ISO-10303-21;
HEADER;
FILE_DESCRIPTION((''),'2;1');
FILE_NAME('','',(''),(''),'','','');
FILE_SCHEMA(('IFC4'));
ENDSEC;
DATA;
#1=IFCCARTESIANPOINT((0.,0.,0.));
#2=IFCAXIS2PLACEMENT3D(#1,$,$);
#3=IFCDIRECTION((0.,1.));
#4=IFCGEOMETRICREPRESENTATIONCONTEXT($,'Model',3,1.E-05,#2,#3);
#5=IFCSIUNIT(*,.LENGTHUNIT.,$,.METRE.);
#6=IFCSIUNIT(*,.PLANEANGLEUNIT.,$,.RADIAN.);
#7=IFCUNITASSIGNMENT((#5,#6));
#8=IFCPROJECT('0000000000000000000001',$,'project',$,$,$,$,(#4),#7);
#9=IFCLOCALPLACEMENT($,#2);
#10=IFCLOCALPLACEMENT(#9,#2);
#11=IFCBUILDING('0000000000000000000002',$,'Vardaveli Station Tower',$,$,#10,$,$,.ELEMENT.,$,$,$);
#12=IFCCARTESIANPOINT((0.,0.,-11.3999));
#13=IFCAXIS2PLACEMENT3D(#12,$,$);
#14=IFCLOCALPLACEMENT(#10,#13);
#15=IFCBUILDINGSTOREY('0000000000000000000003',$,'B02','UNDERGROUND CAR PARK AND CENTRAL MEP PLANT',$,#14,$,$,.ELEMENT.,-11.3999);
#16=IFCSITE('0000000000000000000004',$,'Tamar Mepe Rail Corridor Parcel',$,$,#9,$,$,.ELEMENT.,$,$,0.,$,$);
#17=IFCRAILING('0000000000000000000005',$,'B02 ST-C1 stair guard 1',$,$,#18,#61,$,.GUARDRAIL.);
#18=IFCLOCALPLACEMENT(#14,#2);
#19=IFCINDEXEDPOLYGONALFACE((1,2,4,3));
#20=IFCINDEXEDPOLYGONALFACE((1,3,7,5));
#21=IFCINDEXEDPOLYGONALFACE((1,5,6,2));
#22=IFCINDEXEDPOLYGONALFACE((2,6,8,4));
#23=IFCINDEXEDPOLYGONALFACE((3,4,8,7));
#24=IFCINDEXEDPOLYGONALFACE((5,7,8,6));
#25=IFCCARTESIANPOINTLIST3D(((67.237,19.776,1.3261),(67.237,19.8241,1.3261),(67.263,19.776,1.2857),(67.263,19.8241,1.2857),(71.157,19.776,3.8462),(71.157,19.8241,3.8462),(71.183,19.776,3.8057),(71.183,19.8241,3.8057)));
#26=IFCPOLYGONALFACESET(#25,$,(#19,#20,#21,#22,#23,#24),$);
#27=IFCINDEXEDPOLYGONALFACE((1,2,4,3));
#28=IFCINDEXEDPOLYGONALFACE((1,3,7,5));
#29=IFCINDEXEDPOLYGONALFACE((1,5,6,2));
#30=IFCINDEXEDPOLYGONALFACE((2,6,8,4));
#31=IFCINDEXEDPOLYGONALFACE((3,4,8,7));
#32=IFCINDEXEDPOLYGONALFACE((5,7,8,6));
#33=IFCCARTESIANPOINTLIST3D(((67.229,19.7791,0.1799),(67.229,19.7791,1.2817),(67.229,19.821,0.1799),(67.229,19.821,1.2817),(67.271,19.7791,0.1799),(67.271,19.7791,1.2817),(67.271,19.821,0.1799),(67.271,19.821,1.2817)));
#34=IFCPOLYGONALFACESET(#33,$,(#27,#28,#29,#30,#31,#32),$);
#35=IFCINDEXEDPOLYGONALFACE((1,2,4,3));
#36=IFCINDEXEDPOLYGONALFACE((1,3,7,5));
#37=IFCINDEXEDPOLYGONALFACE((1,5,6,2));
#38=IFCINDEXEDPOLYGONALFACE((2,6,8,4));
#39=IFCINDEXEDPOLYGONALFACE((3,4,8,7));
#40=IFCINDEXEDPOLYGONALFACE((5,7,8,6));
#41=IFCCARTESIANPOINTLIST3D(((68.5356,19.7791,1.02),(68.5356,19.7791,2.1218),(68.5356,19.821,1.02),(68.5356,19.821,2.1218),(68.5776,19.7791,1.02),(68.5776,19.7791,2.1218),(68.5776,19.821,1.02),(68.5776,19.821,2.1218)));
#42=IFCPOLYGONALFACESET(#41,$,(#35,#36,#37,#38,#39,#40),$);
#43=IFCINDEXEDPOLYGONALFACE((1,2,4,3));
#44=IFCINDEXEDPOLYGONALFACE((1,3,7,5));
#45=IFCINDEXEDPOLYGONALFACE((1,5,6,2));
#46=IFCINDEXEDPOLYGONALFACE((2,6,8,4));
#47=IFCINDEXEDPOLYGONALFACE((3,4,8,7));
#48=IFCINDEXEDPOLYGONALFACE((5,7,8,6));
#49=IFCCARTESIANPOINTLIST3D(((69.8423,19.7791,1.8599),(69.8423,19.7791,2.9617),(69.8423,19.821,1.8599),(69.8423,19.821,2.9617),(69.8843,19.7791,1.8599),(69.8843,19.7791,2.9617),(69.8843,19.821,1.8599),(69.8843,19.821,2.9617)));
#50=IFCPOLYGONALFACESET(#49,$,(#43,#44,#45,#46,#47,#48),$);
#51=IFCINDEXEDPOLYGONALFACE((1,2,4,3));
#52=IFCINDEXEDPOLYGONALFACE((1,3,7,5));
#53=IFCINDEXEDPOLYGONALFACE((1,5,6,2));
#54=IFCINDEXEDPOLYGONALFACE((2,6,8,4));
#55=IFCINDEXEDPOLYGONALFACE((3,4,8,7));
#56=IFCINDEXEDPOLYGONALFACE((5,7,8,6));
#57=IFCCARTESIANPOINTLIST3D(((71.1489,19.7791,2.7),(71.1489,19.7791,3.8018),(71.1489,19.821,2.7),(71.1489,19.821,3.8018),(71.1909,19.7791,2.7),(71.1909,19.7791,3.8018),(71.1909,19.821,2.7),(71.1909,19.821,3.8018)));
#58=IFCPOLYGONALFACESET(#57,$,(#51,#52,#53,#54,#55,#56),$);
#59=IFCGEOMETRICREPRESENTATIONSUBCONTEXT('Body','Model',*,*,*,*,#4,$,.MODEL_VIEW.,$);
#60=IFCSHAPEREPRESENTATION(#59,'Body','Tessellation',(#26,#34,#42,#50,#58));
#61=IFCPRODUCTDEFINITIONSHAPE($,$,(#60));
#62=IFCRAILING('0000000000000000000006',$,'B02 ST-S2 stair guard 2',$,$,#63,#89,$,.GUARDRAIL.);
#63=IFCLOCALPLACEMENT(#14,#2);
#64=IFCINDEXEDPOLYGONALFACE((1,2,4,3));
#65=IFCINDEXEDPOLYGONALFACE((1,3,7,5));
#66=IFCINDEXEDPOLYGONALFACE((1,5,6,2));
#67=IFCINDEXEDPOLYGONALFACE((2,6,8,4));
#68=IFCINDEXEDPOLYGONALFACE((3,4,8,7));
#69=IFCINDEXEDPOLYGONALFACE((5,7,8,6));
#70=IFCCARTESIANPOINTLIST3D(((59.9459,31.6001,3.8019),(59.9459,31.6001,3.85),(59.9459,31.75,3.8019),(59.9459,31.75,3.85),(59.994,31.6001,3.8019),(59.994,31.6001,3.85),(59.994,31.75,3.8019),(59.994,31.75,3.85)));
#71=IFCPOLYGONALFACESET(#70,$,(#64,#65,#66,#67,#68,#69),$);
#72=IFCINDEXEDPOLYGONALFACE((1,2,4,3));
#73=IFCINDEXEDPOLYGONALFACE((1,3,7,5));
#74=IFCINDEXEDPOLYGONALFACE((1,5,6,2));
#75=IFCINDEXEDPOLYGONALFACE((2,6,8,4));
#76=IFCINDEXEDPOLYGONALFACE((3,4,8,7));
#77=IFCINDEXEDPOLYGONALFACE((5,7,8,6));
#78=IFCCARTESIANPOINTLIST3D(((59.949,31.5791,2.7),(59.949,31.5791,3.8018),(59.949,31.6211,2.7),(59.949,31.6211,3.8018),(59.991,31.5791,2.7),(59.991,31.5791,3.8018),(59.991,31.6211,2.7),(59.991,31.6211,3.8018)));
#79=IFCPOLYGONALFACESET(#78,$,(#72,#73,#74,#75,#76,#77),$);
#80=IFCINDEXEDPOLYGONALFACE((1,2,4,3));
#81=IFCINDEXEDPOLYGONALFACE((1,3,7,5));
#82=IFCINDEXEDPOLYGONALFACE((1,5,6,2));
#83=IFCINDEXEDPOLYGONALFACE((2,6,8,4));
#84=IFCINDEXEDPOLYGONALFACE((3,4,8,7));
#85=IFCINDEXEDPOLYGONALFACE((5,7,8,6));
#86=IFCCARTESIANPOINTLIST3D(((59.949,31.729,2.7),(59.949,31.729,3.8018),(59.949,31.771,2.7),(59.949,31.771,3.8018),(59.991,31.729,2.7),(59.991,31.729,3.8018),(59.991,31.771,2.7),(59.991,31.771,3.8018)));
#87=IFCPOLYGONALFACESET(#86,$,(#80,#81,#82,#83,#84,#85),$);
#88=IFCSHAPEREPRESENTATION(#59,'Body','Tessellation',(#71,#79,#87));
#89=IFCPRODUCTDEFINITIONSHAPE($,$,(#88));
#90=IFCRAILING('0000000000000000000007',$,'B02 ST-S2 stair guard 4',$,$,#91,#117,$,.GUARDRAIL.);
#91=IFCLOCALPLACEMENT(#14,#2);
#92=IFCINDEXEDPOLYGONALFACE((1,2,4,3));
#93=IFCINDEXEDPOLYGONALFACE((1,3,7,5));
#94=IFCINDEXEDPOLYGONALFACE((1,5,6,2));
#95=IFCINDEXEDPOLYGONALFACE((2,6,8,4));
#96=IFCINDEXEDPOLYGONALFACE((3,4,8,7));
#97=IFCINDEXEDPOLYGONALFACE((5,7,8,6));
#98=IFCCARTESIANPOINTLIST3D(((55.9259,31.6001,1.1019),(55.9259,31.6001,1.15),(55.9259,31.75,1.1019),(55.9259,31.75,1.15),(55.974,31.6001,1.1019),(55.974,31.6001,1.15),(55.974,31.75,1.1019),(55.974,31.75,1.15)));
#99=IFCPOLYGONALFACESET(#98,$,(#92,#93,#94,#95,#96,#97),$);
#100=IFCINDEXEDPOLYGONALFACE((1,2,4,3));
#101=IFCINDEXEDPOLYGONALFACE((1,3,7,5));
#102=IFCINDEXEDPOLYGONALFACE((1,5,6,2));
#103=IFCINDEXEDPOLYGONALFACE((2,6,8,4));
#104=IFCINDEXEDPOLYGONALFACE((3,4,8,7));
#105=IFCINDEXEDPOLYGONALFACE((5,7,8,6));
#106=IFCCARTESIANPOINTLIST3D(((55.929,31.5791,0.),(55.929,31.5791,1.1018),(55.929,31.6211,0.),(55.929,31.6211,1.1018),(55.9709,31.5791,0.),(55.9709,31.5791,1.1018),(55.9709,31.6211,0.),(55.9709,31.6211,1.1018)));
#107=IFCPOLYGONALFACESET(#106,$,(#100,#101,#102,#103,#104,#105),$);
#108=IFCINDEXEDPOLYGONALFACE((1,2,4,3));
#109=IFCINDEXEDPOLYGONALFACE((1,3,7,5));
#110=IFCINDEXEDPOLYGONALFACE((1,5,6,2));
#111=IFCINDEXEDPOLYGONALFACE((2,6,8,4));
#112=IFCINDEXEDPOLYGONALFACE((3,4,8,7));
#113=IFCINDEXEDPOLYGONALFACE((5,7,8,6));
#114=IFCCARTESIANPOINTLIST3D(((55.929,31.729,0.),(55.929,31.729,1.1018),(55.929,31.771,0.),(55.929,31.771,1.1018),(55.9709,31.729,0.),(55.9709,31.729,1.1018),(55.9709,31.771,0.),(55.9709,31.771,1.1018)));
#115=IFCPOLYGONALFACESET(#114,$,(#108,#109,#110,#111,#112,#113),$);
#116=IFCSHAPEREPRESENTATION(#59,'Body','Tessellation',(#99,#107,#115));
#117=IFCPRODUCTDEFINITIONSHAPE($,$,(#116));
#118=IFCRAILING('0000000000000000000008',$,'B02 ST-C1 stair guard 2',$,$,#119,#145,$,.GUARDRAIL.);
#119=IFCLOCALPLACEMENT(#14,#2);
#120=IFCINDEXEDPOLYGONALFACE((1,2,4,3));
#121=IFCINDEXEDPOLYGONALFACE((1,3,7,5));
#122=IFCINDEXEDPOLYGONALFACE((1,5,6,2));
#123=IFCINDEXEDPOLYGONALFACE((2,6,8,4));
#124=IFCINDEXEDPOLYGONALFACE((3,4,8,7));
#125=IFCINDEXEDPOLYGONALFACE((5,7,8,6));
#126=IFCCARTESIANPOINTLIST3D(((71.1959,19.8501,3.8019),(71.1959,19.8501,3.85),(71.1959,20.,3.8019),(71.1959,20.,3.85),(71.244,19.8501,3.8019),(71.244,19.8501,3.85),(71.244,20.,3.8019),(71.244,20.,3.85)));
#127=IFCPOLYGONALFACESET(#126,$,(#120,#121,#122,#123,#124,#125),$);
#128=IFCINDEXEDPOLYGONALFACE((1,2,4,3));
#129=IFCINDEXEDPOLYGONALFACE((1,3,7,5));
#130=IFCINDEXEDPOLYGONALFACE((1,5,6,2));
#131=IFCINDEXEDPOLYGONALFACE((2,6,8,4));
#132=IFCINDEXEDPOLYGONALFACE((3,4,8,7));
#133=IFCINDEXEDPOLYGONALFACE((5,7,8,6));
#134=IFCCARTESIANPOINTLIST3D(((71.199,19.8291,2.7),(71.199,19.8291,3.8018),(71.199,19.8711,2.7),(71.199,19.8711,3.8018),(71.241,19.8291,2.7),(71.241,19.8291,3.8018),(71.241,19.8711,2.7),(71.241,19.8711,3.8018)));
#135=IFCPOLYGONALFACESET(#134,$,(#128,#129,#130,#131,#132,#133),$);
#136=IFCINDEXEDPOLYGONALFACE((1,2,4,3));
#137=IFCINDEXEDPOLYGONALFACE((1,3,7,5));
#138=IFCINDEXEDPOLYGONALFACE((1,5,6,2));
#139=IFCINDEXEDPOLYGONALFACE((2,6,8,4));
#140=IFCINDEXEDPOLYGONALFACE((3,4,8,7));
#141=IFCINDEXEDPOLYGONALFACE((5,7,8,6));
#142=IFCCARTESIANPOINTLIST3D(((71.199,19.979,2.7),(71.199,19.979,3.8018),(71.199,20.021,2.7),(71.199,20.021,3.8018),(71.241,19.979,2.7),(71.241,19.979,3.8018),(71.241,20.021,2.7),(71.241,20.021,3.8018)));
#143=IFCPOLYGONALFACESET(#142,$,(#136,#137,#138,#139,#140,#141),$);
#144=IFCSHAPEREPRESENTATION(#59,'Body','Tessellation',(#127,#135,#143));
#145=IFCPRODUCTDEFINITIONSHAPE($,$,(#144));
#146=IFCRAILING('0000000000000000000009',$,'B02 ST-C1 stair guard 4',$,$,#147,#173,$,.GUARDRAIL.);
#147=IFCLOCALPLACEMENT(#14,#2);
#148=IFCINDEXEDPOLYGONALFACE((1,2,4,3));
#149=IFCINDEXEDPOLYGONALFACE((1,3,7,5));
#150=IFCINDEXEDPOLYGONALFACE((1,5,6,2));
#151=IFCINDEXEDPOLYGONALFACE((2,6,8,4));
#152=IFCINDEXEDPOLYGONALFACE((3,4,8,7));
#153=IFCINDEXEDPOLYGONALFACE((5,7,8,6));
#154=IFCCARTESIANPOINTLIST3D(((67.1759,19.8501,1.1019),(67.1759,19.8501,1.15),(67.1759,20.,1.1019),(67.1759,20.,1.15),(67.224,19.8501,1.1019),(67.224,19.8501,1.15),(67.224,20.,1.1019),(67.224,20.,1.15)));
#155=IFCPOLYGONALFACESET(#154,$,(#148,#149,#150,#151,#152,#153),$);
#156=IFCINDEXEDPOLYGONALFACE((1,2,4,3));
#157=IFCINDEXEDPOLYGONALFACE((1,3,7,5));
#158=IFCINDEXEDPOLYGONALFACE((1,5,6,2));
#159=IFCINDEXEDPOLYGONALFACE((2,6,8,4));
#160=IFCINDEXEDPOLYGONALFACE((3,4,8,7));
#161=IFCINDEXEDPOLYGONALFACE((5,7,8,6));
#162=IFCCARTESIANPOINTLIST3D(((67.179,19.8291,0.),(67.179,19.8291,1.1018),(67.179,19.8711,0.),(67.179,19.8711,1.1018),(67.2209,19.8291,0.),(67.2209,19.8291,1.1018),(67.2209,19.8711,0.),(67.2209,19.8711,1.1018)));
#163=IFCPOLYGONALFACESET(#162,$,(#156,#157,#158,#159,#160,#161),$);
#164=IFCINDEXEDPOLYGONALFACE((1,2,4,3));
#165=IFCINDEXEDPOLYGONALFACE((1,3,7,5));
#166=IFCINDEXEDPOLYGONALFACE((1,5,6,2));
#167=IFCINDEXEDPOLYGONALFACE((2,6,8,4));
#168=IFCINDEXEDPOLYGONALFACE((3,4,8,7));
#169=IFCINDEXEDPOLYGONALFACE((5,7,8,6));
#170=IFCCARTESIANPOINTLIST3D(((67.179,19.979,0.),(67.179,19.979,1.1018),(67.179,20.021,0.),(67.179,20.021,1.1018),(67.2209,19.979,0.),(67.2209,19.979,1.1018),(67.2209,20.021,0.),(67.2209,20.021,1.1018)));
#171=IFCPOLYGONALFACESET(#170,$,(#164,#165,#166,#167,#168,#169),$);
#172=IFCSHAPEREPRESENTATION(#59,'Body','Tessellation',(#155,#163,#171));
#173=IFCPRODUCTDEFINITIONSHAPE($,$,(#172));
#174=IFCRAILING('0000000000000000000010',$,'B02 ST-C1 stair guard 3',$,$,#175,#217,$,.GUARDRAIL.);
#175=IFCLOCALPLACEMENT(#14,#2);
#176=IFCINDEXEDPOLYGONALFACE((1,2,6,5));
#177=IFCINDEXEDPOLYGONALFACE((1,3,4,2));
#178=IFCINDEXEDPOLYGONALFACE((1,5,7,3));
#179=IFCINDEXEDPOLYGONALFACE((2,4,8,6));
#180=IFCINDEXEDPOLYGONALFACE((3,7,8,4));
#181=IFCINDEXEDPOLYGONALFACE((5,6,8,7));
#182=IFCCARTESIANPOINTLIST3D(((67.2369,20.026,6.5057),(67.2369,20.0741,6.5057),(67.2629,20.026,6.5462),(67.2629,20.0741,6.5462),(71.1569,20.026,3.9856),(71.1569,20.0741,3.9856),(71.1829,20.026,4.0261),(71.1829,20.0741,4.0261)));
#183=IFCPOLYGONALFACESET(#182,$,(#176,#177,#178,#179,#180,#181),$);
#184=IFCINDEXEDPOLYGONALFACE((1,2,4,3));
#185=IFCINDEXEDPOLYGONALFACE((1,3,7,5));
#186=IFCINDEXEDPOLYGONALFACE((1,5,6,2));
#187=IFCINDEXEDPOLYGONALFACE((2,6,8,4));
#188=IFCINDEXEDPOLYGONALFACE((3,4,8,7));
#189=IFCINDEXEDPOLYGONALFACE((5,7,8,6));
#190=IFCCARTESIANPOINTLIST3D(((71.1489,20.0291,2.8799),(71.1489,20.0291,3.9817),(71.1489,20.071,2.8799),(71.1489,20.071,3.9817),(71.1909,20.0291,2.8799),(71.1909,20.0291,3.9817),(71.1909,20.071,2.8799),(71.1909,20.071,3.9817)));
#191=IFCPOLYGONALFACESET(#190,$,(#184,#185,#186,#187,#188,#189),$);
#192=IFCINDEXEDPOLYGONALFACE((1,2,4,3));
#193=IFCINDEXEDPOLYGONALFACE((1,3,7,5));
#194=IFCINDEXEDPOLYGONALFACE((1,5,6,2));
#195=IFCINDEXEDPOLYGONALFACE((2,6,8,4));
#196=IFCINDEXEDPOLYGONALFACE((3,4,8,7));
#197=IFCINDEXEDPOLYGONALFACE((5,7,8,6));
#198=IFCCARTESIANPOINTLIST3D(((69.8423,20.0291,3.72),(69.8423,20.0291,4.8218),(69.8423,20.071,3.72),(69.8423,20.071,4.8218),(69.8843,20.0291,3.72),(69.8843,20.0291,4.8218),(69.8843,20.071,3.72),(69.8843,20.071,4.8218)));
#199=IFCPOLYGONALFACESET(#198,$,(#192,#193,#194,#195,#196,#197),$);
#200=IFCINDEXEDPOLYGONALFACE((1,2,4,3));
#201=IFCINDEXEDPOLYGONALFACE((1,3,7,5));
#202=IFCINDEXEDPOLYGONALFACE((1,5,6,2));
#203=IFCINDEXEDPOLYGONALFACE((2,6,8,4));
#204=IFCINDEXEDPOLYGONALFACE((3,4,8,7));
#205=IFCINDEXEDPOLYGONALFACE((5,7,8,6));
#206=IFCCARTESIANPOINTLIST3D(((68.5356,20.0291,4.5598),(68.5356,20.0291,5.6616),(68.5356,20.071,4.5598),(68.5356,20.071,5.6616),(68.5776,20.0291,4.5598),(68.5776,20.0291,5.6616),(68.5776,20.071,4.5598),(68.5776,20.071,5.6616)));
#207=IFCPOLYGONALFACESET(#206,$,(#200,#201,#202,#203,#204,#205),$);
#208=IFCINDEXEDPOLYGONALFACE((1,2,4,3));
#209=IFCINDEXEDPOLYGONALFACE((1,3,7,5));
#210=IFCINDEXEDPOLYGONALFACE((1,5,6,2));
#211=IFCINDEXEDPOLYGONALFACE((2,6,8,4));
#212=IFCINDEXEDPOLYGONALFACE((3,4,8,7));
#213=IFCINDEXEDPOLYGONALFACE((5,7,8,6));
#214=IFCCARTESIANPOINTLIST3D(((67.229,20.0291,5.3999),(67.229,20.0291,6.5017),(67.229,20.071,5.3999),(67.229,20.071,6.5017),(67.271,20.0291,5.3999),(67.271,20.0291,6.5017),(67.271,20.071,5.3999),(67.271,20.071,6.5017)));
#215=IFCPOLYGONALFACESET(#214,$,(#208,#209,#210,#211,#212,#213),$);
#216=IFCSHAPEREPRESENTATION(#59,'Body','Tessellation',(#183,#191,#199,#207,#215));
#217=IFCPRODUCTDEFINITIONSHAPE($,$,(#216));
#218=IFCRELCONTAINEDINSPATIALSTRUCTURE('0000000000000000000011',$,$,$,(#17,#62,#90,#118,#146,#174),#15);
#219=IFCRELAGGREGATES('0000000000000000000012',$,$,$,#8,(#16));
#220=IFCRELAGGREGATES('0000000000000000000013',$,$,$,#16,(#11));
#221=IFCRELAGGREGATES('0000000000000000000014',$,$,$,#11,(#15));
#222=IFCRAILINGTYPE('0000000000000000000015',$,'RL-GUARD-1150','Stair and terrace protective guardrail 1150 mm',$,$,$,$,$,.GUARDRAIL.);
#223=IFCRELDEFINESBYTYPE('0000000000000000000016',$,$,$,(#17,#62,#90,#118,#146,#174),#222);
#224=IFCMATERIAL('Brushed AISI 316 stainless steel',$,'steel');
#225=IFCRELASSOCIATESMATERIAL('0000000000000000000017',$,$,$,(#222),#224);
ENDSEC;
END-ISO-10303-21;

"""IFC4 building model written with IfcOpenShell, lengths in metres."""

from ifc_helpers import new_model, si_unit, direction, frame, origin, origin_2d, place, context, subcontext, project, spatial, rectangle, extrude, source, transform, mapped, material, type_object, element, save


model = new_model("IFC4")

# Units and contexts
model_context = context("Model", 3, precision=1e-05, world=origin(), true_north=direction((0.0, 1.0)))
body_context = subcontext(model_context, "Body", "Model", "MODEL_VIEW")
ifc_project = project(units=[si_unit("LENGTHUNIT", "METRE"), si_unit("PLANEANGLEUNIT", "RADIAN")], contexts=[model_context])

# Site, building, storey
site_placement = place(None, origin())
site = spatial("IfcSite", under=ifc_project, at=site_placement, Name="Tamar Mepe Rail Corridor Parcel", CompositionType="ELEMENT", RefElevation=0.0)
building_placement = place(site_placement, origin())
building = spatial("IfcBuilding", under=site, at=building_placement, Name="Vardaveli Station Tower", CompositionType="ELEMENT")
storey_placement = place(building_placement, frame((0.0, 0.0, -11.3999)))
storey = spatial("IfcBuildingStorey", under=building, at=storey_placement, Name="B02", Description="UNDERGROUND CAR PARK AND CENTRAL MEP PLANT", CompositionType="ELEMENT", Elevation=-11.3999)

# Railings
ifc_material_1 = material(Name="Brushed AISI 316 stainless steel", Category="steel")
railing_type_1 = type_object("IfcRailingType", Name="RL-GUARD-1150", Description="Stair and terrace protective guardrail 1150 mm", PredefinedType="GUARDRAIL", material=ifc_material_1)
shared_shape_1 = source(origin(), body_context, "Body", "SweptSolid", [
    extrude(rectangle(XDim=0.0481, YDim=0.0481, at=origin_2d()), frame((0.0, 0.0, 1.126), z_axis=(0.841172, 0.0, 0.540768), x_axis=(0.0, 1.0, 0.0)), (0.0, 0.0, 1.0), 4.6602),
    extrude(rectangle(XDim=0.042, YDim=0.042, at=origin_2d()), origin(), (0.0, 0.0, 1.0), 1.1018),
    extrude(rectangle(XDim=0.042, YDim=0.042, at=origin_2d()), frame((1.3066, 0.0, 0.8401)), (0.0, 0.0, 1.0), 1.1018),
    extrude(rectangle(XDim=0.042, YDim=0.042, at=origin_2d()), frame((2.6133, 0.0, 1.6799)), (0.0, 0.0, 1.0), 1.1018),
    extrude(rectangle(XDim=0.042, YDim=0.042, at=origin_2d()), frame((3.9199, 0.0, 2.52)), (0.0, 0.0, 1.0), 1.1018),
])
for number, where, name in (
    (1, (67.25, 19.8, 0.1799), "B02 ST-C1 stair guard 1"),
):
    element("IfcRailing", number, at=place(storey_placement, frame(where)), inside=storey, type_object=railing_type_1, Name=name, PredefinedType="GUARDRAIL", context=body_context, shape_type="MappedRepresentation", body=[
        mapped(shared_shape_1, transform((0.0, 0.0, 0.0), scale=1.0)),
    ])
shared_shape_2 = source(origin(), body_context, "Body", "SweptSolid", [
    extrude(rectangle(XDim=0.0481, YDim=0.0481, at=origin_2d()), frame((0.0, 0.0, 1.126), z_axis=(0.0, 1.0, 0.0), x_axis=(-1.0, 0.0, 0.0)), (0.0, 0.0, 1.0), 0.1499),
    extrude(rectangle(XDim=0.042, YDim=0.042, at=origin_2d()), origin(), (0.0, 0.0, 1.0), 1.1018),
    extrude(rectangle(XDim=0.042, YDim=0.042, at=origin_2d()), frame((0.0, 0.1499, 0.0)), (0.0, 0.0, 1.0), 1.1018),
])
for number, where, name in (
    (2, (59.97, 31.6001, 2.7), "B02 ST-S2 stair guard 2"),
    (3, (55.95, 31.6001, 0.0), "B02 ST-S2 stair guard 4"),
    (4, (71.22, 19.8501, 2.7), "B02 ST-C1 stair guard 2"),
    (5, (67.2, 19.8501, 0.0), "B02 ST-C1 stair guard 4"),
):
    element("IfcRailing", number, at=place(storey_placement, frame(where)), inside=storey, type_object=railing_type_1, Name=name, PredefinedType="GUARDRAIL", context=body_context, shape_type="MappedRepresentation", body=[
        mapped(shared_shape_2, transform((0.0, 0.0, 0.0), scale=1.0)),
    ])
shared_shape_3 = source(origin(), body_context, "Body", "SweptSolid", [
    extrude(rectangle(XDim=0.0481, YDim=0.0481, at=origin_2d()), frame((0.0, 0.0, 1.126), z_axis=(-0.841172, 0.0, 0.540768), x_axis=(0.0, -1.0, 0.0)), (0.0, 0.0, 1.0), 4.6602),
    extrude(rectangle(XDim=0.042, YDim=0.042, at=origin_2d()), origin(), (0.0, 0.0, 1.0), 1.1018),
    extrude(rectangle(XDim=0.042, YDim=0.042, at=origin_2d()), frame((-1.3066, 0.0, 0.8401)), (0.0, 0.0, 1.0), 1.1018),
    extrude(rectangle(XDim=0.042, YDim=0.042, at=origin_2d()), frame((-2.6133, 0.0, 1.6799)), (0.0, 0.0, 1.0), 1.1018),
    extrude(rectangle(XDim=0.042, YDim=0.042, at=origin_2d()), frame((-3.9199, 0.0, 2.52)), (0.0, 0.0, 1.0), 1.1018),
])
railing_1_placement = place(storey_placement, frame((71.1699, 20.05, 2.8799)))
element("IfcRailing", 6, at=railing_1_placement, inside=storey, type_object=railing_type_1, Name="B02 ST-C1 stair guard 3", PredefinedType="GUARDRAIL", context=body_context, shape_type="MappedRepresentation", body=[
    mapped(shared_shape_3, transform((0.0, 0.0, 0.0), scale=1.0)),
])

save(model, "model.ifc")
